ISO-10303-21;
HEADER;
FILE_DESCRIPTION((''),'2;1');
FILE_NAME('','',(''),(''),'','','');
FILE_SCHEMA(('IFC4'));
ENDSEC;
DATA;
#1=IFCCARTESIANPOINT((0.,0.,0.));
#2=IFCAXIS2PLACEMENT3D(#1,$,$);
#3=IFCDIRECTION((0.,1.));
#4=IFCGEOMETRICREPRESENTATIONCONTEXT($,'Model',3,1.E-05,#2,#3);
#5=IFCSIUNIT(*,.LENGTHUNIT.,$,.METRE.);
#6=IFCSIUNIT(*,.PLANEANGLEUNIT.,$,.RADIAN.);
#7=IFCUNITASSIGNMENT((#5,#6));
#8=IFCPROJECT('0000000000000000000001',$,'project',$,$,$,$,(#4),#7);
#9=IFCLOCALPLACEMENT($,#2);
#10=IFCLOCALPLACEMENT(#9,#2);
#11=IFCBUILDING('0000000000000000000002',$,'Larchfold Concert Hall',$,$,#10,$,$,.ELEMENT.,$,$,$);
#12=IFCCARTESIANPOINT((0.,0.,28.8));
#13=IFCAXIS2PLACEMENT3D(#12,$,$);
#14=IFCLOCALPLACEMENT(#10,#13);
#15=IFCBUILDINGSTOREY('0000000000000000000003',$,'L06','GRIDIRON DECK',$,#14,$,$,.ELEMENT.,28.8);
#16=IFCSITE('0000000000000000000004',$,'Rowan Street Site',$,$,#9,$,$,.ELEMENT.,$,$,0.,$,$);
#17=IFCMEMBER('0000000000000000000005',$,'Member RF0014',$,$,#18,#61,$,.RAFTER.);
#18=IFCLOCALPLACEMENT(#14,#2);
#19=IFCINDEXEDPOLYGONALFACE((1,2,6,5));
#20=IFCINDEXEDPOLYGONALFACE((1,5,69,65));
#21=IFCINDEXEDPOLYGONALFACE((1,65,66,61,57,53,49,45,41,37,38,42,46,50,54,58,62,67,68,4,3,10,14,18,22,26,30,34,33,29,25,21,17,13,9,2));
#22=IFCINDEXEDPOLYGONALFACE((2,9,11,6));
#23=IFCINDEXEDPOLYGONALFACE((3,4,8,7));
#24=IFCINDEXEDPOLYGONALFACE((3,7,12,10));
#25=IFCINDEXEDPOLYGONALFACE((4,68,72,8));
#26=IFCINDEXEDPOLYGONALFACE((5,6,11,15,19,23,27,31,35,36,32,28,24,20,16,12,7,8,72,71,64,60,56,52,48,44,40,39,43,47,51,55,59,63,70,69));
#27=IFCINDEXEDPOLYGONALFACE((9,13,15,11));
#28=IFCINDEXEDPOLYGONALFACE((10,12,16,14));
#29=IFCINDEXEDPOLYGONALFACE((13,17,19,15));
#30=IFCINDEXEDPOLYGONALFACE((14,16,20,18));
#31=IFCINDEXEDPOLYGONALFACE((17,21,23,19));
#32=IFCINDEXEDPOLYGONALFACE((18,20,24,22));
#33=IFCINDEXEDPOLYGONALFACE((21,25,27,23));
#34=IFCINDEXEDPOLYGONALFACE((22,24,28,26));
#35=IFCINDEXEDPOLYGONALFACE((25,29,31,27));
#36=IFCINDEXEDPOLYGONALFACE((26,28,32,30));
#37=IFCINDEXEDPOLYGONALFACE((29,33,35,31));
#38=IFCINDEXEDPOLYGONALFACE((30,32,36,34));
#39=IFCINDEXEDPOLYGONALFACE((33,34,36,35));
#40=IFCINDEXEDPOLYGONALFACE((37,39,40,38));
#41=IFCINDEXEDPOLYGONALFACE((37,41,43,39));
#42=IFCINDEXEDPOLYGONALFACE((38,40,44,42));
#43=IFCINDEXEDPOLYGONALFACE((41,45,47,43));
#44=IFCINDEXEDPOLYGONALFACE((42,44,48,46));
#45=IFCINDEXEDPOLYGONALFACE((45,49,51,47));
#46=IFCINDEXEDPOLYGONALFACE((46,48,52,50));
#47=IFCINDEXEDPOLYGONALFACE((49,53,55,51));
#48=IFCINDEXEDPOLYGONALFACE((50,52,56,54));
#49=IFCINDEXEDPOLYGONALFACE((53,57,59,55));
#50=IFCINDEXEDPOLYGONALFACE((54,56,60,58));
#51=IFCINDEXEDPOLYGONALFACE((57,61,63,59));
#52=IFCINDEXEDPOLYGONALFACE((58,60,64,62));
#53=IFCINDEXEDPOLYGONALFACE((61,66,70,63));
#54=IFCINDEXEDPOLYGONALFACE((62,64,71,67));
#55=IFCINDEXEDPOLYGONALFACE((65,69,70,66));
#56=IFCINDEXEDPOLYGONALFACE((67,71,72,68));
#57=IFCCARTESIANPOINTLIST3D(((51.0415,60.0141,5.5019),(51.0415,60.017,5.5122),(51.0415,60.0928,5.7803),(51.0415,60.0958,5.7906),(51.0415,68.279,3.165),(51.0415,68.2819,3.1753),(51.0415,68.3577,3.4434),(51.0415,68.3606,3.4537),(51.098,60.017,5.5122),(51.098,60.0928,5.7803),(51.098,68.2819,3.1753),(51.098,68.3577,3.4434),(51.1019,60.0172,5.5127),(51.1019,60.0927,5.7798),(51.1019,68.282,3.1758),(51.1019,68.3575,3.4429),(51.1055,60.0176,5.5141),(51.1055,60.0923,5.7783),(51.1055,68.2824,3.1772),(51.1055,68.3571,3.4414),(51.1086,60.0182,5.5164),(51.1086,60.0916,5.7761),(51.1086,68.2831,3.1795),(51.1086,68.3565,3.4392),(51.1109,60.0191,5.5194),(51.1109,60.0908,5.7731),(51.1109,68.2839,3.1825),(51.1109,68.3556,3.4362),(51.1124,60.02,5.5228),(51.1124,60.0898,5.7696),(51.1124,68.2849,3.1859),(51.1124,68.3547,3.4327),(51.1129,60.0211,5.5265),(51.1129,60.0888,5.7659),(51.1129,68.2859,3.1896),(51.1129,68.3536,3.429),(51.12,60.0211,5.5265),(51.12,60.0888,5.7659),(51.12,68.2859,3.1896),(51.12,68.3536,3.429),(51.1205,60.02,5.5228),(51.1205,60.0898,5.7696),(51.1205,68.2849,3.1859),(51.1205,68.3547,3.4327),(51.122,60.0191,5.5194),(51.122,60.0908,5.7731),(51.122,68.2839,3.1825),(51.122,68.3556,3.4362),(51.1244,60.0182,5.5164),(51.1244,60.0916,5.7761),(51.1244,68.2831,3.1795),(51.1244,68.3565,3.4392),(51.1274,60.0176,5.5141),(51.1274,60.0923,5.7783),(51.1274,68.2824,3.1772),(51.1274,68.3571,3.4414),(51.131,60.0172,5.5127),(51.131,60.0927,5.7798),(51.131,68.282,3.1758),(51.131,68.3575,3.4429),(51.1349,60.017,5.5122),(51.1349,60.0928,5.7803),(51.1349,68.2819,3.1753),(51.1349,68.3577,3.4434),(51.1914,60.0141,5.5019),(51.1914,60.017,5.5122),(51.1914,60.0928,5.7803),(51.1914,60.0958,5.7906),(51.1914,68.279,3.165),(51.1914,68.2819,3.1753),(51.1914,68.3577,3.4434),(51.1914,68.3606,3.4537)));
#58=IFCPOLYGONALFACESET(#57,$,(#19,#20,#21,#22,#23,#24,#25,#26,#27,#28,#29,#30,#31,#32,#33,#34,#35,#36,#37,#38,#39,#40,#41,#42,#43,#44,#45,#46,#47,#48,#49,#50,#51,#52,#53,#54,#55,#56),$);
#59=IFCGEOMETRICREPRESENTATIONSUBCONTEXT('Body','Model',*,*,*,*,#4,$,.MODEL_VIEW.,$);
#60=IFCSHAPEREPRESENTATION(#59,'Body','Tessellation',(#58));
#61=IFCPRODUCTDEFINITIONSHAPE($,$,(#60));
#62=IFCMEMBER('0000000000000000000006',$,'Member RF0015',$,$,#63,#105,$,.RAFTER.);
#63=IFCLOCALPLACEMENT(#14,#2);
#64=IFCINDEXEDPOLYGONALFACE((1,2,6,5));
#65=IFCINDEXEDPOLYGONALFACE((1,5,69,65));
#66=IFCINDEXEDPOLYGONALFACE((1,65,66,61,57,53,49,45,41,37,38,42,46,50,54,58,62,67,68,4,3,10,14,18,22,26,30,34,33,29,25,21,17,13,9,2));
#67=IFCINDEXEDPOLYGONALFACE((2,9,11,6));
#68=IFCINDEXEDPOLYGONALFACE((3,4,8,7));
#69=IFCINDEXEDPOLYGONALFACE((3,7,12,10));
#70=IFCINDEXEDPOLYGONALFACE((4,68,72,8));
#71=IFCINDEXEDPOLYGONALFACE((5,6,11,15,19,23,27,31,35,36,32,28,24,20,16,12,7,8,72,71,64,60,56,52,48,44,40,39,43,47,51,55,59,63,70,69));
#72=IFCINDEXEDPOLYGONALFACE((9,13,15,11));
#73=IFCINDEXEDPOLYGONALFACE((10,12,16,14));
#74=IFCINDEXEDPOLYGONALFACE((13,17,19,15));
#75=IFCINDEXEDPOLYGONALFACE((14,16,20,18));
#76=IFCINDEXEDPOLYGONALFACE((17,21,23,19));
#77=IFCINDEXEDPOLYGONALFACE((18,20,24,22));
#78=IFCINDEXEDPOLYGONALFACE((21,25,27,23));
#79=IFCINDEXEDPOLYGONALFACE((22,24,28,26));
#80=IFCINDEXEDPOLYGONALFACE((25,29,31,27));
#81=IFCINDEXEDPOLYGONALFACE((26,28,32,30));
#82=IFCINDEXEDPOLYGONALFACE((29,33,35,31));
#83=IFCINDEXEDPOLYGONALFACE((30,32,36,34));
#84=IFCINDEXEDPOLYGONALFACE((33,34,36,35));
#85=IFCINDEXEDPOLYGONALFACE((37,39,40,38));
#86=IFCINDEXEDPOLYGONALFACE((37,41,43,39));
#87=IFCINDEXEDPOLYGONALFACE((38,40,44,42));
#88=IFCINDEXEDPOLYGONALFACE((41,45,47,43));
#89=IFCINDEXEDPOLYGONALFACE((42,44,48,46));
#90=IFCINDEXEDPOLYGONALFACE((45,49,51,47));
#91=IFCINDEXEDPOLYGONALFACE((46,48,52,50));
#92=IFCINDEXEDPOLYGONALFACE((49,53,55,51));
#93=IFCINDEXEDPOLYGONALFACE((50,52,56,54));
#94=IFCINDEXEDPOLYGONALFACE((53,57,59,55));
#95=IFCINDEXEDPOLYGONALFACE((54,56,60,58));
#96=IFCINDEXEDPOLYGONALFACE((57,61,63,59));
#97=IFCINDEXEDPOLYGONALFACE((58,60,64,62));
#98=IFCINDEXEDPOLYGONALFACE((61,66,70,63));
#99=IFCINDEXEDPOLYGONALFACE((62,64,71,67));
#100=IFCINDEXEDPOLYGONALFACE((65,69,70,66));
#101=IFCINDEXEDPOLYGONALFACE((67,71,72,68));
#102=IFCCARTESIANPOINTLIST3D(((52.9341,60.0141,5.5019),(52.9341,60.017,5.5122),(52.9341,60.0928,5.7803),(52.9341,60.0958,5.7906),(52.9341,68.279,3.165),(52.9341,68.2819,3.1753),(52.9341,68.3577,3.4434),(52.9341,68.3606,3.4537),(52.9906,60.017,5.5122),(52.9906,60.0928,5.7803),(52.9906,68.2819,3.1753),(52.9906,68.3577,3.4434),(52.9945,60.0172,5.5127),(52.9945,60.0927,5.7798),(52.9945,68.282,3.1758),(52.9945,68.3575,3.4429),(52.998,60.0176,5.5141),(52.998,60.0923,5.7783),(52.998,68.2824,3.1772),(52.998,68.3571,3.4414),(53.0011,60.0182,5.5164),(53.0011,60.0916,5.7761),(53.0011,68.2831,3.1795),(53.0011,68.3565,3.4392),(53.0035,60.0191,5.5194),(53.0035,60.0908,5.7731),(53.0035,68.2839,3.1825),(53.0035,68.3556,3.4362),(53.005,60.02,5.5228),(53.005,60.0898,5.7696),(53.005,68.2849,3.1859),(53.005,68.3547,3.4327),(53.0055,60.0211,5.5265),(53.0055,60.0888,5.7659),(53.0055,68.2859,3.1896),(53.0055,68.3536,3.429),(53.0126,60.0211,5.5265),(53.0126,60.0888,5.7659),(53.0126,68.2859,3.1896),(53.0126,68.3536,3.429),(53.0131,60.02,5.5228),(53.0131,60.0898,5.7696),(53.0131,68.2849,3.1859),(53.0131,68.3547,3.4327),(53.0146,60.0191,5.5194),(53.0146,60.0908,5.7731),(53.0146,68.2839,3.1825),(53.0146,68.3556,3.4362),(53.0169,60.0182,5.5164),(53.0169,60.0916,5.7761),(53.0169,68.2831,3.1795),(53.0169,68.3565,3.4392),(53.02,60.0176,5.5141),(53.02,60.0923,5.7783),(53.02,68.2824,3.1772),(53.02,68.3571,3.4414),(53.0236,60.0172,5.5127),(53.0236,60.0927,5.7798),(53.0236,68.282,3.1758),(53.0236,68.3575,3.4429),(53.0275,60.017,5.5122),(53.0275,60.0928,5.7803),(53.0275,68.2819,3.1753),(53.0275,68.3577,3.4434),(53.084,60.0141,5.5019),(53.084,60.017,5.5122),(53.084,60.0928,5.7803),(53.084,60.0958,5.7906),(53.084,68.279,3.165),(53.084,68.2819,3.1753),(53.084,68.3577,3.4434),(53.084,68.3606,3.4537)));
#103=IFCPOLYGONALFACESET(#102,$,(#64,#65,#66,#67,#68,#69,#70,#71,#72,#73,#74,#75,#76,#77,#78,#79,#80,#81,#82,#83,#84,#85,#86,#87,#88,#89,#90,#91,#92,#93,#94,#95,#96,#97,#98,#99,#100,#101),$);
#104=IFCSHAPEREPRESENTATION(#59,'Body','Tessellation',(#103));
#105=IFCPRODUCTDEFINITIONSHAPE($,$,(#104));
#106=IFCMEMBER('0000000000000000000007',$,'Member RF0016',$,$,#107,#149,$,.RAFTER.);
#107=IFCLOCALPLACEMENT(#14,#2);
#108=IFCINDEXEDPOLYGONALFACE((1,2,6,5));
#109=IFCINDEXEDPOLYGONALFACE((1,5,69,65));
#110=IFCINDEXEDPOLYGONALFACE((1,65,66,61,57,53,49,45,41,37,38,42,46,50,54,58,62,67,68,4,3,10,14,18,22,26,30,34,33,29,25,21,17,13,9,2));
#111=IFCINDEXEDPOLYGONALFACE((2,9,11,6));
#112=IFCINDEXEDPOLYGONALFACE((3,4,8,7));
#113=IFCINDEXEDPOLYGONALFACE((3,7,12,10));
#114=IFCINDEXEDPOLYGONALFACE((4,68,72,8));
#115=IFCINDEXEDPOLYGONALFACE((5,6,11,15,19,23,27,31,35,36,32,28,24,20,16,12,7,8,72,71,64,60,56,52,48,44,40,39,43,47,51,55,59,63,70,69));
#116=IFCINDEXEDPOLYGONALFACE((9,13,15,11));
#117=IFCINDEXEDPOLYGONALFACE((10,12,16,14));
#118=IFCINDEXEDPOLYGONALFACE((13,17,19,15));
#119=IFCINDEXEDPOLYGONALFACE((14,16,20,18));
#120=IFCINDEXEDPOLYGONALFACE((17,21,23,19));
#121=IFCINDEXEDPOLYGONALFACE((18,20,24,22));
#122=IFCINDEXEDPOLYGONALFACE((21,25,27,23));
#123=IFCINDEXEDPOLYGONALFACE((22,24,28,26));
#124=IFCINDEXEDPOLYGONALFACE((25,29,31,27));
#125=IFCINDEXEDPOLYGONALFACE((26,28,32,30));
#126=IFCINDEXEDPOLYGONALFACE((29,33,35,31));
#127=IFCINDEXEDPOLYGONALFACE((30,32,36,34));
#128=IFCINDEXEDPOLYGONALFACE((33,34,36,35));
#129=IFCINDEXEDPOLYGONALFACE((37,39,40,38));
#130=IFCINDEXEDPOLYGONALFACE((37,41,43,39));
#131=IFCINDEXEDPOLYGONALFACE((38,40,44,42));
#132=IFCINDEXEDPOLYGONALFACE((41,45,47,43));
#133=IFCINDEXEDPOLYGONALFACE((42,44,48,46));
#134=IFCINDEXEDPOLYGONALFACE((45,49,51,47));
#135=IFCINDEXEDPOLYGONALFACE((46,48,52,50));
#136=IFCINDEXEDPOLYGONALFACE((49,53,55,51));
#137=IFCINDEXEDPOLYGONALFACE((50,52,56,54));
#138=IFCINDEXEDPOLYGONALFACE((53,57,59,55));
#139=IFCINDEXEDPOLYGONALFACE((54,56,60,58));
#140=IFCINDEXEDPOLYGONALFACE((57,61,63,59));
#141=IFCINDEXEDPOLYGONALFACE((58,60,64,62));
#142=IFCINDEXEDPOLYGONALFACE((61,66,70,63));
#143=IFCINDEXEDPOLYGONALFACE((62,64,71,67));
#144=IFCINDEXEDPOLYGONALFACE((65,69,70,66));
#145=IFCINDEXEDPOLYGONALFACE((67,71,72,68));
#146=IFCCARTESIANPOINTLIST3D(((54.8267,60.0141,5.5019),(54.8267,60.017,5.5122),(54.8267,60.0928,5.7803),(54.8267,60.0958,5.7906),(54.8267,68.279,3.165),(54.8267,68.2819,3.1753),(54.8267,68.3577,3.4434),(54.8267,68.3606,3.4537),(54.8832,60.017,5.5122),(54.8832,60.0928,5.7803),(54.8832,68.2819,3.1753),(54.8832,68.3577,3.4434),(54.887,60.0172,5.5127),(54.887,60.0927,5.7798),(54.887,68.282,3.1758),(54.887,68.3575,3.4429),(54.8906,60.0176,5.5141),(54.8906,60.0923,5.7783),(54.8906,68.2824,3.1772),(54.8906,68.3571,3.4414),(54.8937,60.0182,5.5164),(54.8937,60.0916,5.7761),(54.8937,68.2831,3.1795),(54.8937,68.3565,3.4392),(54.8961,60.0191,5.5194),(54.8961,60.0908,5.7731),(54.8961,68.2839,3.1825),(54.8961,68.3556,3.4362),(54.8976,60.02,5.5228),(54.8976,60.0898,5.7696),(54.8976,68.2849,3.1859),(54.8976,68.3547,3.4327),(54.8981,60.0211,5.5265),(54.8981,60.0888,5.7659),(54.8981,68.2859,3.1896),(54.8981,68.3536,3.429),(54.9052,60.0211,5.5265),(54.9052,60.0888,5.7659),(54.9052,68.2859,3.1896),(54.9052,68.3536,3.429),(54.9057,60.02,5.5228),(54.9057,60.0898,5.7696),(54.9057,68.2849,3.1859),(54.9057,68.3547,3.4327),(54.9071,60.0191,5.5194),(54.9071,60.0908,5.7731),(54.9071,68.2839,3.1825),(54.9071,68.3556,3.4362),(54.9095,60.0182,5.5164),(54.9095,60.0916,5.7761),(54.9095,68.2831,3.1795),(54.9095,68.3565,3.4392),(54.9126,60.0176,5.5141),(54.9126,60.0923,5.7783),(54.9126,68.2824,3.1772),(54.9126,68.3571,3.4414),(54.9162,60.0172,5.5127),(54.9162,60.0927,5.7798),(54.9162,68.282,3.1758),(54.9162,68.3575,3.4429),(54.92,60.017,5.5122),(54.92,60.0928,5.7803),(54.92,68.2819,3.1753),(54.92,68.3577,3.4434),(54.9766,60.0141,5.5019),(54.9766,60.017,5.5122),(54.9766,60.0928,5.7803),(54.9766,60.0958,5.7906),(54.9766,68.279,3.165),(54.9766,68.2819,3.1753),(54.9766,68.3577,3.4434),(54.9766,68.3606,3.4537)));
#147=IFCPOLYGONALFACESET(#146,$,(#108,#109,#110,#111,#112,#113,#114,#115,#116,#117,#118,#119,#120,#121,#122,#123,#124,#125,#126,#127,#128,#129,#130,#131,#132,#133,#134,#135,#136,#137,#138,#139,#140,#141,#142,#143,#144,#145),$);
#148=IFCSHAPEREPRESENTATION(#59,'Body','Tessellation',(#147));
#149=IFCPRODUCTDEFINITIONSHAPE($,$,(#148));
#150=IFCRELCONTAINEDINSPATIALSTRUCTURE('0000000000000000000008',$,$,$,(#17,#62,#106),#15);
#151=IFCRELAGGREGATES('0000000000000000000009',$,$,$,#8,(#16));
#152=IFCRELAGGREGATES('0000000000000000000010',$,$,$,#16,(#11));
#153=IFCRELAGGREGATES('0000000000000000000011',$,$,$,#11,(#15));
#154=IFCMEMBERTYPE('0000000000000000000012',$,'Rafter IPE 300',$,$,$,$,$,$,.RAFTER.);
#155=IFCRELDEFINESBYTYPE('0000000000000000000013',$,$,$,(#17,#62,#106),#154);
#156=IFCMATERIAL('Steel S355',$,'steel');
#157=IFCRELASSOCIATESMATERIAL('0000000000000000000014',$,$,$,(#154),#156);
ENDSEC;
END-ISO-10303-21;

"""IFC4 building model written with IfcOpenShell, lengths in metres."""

from ifc_helpers import new_model, si_unit, direction, frame, origin, origin_2d, place, context, subcontext, project, spatial, i_section, extrude, material, material_profile, profile_set, type_object, element, save


model = new_model("IFC4")

# Units and contexts
model_context = context("Model", 3, precision=1e-05, world=origin(), true_north=direction((0.0, 1.0)))
body_context = subcontext(model_context, "Body", "Model", "MODEL_VIEW")
ifc_project = project(units=[si_unit("LENGTHUNIT", "METRE"), si_unit("PLANEANGLEUNIT", "RADIAN")], contexts=[model_context])

# Site, building, storey
site_placement = place(None, origin())
site = spatial("IfcSite", under=ifc_project, at=site_placement, Name="Rowan Street Site", CompositionType="ELEMENT", RefElevation=0.0)
building_placement = place(site_placement, origin())
building = spatial("IfcBuilding", under=site, at=building_placement, Name="Larchfold Concert Hall", CompositionType="ELEMENT")
storey_placement = place(building_placement, frame((0.0, 0.0, 28.8)))
storey = spatial("IfcBuildingStorey", under=building, at=storey_placement, Name="L06", Description="GRIDIRON DECK", CompositionType="ELEMENT", Elevation=28.8)

# Members
ifc_material_1 = material(Name="Steel S355", Category="steel")
ifc_material_profile_1 = material_profile(ifc_material_1, i_section(OverallWidth=0.1499, OverallDepth=0.3, WebThickness=0.0071, FlangeThickness=0.0107, FilletRadius=0.0149, at=origin_2d()))
ifc_profile_set_1 = profile_set([ifc_material_profile_1], Name="Steel S355")
member_type_1 = type_object("IfcMemberType", Name="Rafter IPE 300", PredefinedType="RAFTER", material=ifc_profile_set_1)
for number, where, z_axis, x_axis, name in (
    (1, (51.1165, 60.0549, 5.6462), (0.0, 0.962273, -0.272085), (-1.0, 0.0, 0.0), "Member RF0014"),
    (2, (53.009, 60.0549, 5.6462), (0.0, 0.962273, -0.272085), (-1.0, 0.0, 0.0), "Member RF0015"),
    (3, (54.9016, 60.0549, 5.6462), (0.0, 0.962273, -0.272085), (-1.0, 0.0, 0.0), "Member RF0016"),
):
    element("IfcMember", number, at=place(storey_placement, frame(where, z_axis=z_axis, x_axis=x_axis)), inside=storey, type_object=member_type_1, Name=name, PredefinedType="RAFTER", context=body_context, shape_type="SweptSolid", body=[
        extrude(i_section(OverallWidth=0.1499, OverallDepth=0.3, WebThickness=0.0071, FlangeThickness=0.0107, FilletRadius=0.0149, at=origin_2d()), origin(), (0.0, 0.0, 1.0), 8.5889),
    ])

save(model, "model.ifc")
